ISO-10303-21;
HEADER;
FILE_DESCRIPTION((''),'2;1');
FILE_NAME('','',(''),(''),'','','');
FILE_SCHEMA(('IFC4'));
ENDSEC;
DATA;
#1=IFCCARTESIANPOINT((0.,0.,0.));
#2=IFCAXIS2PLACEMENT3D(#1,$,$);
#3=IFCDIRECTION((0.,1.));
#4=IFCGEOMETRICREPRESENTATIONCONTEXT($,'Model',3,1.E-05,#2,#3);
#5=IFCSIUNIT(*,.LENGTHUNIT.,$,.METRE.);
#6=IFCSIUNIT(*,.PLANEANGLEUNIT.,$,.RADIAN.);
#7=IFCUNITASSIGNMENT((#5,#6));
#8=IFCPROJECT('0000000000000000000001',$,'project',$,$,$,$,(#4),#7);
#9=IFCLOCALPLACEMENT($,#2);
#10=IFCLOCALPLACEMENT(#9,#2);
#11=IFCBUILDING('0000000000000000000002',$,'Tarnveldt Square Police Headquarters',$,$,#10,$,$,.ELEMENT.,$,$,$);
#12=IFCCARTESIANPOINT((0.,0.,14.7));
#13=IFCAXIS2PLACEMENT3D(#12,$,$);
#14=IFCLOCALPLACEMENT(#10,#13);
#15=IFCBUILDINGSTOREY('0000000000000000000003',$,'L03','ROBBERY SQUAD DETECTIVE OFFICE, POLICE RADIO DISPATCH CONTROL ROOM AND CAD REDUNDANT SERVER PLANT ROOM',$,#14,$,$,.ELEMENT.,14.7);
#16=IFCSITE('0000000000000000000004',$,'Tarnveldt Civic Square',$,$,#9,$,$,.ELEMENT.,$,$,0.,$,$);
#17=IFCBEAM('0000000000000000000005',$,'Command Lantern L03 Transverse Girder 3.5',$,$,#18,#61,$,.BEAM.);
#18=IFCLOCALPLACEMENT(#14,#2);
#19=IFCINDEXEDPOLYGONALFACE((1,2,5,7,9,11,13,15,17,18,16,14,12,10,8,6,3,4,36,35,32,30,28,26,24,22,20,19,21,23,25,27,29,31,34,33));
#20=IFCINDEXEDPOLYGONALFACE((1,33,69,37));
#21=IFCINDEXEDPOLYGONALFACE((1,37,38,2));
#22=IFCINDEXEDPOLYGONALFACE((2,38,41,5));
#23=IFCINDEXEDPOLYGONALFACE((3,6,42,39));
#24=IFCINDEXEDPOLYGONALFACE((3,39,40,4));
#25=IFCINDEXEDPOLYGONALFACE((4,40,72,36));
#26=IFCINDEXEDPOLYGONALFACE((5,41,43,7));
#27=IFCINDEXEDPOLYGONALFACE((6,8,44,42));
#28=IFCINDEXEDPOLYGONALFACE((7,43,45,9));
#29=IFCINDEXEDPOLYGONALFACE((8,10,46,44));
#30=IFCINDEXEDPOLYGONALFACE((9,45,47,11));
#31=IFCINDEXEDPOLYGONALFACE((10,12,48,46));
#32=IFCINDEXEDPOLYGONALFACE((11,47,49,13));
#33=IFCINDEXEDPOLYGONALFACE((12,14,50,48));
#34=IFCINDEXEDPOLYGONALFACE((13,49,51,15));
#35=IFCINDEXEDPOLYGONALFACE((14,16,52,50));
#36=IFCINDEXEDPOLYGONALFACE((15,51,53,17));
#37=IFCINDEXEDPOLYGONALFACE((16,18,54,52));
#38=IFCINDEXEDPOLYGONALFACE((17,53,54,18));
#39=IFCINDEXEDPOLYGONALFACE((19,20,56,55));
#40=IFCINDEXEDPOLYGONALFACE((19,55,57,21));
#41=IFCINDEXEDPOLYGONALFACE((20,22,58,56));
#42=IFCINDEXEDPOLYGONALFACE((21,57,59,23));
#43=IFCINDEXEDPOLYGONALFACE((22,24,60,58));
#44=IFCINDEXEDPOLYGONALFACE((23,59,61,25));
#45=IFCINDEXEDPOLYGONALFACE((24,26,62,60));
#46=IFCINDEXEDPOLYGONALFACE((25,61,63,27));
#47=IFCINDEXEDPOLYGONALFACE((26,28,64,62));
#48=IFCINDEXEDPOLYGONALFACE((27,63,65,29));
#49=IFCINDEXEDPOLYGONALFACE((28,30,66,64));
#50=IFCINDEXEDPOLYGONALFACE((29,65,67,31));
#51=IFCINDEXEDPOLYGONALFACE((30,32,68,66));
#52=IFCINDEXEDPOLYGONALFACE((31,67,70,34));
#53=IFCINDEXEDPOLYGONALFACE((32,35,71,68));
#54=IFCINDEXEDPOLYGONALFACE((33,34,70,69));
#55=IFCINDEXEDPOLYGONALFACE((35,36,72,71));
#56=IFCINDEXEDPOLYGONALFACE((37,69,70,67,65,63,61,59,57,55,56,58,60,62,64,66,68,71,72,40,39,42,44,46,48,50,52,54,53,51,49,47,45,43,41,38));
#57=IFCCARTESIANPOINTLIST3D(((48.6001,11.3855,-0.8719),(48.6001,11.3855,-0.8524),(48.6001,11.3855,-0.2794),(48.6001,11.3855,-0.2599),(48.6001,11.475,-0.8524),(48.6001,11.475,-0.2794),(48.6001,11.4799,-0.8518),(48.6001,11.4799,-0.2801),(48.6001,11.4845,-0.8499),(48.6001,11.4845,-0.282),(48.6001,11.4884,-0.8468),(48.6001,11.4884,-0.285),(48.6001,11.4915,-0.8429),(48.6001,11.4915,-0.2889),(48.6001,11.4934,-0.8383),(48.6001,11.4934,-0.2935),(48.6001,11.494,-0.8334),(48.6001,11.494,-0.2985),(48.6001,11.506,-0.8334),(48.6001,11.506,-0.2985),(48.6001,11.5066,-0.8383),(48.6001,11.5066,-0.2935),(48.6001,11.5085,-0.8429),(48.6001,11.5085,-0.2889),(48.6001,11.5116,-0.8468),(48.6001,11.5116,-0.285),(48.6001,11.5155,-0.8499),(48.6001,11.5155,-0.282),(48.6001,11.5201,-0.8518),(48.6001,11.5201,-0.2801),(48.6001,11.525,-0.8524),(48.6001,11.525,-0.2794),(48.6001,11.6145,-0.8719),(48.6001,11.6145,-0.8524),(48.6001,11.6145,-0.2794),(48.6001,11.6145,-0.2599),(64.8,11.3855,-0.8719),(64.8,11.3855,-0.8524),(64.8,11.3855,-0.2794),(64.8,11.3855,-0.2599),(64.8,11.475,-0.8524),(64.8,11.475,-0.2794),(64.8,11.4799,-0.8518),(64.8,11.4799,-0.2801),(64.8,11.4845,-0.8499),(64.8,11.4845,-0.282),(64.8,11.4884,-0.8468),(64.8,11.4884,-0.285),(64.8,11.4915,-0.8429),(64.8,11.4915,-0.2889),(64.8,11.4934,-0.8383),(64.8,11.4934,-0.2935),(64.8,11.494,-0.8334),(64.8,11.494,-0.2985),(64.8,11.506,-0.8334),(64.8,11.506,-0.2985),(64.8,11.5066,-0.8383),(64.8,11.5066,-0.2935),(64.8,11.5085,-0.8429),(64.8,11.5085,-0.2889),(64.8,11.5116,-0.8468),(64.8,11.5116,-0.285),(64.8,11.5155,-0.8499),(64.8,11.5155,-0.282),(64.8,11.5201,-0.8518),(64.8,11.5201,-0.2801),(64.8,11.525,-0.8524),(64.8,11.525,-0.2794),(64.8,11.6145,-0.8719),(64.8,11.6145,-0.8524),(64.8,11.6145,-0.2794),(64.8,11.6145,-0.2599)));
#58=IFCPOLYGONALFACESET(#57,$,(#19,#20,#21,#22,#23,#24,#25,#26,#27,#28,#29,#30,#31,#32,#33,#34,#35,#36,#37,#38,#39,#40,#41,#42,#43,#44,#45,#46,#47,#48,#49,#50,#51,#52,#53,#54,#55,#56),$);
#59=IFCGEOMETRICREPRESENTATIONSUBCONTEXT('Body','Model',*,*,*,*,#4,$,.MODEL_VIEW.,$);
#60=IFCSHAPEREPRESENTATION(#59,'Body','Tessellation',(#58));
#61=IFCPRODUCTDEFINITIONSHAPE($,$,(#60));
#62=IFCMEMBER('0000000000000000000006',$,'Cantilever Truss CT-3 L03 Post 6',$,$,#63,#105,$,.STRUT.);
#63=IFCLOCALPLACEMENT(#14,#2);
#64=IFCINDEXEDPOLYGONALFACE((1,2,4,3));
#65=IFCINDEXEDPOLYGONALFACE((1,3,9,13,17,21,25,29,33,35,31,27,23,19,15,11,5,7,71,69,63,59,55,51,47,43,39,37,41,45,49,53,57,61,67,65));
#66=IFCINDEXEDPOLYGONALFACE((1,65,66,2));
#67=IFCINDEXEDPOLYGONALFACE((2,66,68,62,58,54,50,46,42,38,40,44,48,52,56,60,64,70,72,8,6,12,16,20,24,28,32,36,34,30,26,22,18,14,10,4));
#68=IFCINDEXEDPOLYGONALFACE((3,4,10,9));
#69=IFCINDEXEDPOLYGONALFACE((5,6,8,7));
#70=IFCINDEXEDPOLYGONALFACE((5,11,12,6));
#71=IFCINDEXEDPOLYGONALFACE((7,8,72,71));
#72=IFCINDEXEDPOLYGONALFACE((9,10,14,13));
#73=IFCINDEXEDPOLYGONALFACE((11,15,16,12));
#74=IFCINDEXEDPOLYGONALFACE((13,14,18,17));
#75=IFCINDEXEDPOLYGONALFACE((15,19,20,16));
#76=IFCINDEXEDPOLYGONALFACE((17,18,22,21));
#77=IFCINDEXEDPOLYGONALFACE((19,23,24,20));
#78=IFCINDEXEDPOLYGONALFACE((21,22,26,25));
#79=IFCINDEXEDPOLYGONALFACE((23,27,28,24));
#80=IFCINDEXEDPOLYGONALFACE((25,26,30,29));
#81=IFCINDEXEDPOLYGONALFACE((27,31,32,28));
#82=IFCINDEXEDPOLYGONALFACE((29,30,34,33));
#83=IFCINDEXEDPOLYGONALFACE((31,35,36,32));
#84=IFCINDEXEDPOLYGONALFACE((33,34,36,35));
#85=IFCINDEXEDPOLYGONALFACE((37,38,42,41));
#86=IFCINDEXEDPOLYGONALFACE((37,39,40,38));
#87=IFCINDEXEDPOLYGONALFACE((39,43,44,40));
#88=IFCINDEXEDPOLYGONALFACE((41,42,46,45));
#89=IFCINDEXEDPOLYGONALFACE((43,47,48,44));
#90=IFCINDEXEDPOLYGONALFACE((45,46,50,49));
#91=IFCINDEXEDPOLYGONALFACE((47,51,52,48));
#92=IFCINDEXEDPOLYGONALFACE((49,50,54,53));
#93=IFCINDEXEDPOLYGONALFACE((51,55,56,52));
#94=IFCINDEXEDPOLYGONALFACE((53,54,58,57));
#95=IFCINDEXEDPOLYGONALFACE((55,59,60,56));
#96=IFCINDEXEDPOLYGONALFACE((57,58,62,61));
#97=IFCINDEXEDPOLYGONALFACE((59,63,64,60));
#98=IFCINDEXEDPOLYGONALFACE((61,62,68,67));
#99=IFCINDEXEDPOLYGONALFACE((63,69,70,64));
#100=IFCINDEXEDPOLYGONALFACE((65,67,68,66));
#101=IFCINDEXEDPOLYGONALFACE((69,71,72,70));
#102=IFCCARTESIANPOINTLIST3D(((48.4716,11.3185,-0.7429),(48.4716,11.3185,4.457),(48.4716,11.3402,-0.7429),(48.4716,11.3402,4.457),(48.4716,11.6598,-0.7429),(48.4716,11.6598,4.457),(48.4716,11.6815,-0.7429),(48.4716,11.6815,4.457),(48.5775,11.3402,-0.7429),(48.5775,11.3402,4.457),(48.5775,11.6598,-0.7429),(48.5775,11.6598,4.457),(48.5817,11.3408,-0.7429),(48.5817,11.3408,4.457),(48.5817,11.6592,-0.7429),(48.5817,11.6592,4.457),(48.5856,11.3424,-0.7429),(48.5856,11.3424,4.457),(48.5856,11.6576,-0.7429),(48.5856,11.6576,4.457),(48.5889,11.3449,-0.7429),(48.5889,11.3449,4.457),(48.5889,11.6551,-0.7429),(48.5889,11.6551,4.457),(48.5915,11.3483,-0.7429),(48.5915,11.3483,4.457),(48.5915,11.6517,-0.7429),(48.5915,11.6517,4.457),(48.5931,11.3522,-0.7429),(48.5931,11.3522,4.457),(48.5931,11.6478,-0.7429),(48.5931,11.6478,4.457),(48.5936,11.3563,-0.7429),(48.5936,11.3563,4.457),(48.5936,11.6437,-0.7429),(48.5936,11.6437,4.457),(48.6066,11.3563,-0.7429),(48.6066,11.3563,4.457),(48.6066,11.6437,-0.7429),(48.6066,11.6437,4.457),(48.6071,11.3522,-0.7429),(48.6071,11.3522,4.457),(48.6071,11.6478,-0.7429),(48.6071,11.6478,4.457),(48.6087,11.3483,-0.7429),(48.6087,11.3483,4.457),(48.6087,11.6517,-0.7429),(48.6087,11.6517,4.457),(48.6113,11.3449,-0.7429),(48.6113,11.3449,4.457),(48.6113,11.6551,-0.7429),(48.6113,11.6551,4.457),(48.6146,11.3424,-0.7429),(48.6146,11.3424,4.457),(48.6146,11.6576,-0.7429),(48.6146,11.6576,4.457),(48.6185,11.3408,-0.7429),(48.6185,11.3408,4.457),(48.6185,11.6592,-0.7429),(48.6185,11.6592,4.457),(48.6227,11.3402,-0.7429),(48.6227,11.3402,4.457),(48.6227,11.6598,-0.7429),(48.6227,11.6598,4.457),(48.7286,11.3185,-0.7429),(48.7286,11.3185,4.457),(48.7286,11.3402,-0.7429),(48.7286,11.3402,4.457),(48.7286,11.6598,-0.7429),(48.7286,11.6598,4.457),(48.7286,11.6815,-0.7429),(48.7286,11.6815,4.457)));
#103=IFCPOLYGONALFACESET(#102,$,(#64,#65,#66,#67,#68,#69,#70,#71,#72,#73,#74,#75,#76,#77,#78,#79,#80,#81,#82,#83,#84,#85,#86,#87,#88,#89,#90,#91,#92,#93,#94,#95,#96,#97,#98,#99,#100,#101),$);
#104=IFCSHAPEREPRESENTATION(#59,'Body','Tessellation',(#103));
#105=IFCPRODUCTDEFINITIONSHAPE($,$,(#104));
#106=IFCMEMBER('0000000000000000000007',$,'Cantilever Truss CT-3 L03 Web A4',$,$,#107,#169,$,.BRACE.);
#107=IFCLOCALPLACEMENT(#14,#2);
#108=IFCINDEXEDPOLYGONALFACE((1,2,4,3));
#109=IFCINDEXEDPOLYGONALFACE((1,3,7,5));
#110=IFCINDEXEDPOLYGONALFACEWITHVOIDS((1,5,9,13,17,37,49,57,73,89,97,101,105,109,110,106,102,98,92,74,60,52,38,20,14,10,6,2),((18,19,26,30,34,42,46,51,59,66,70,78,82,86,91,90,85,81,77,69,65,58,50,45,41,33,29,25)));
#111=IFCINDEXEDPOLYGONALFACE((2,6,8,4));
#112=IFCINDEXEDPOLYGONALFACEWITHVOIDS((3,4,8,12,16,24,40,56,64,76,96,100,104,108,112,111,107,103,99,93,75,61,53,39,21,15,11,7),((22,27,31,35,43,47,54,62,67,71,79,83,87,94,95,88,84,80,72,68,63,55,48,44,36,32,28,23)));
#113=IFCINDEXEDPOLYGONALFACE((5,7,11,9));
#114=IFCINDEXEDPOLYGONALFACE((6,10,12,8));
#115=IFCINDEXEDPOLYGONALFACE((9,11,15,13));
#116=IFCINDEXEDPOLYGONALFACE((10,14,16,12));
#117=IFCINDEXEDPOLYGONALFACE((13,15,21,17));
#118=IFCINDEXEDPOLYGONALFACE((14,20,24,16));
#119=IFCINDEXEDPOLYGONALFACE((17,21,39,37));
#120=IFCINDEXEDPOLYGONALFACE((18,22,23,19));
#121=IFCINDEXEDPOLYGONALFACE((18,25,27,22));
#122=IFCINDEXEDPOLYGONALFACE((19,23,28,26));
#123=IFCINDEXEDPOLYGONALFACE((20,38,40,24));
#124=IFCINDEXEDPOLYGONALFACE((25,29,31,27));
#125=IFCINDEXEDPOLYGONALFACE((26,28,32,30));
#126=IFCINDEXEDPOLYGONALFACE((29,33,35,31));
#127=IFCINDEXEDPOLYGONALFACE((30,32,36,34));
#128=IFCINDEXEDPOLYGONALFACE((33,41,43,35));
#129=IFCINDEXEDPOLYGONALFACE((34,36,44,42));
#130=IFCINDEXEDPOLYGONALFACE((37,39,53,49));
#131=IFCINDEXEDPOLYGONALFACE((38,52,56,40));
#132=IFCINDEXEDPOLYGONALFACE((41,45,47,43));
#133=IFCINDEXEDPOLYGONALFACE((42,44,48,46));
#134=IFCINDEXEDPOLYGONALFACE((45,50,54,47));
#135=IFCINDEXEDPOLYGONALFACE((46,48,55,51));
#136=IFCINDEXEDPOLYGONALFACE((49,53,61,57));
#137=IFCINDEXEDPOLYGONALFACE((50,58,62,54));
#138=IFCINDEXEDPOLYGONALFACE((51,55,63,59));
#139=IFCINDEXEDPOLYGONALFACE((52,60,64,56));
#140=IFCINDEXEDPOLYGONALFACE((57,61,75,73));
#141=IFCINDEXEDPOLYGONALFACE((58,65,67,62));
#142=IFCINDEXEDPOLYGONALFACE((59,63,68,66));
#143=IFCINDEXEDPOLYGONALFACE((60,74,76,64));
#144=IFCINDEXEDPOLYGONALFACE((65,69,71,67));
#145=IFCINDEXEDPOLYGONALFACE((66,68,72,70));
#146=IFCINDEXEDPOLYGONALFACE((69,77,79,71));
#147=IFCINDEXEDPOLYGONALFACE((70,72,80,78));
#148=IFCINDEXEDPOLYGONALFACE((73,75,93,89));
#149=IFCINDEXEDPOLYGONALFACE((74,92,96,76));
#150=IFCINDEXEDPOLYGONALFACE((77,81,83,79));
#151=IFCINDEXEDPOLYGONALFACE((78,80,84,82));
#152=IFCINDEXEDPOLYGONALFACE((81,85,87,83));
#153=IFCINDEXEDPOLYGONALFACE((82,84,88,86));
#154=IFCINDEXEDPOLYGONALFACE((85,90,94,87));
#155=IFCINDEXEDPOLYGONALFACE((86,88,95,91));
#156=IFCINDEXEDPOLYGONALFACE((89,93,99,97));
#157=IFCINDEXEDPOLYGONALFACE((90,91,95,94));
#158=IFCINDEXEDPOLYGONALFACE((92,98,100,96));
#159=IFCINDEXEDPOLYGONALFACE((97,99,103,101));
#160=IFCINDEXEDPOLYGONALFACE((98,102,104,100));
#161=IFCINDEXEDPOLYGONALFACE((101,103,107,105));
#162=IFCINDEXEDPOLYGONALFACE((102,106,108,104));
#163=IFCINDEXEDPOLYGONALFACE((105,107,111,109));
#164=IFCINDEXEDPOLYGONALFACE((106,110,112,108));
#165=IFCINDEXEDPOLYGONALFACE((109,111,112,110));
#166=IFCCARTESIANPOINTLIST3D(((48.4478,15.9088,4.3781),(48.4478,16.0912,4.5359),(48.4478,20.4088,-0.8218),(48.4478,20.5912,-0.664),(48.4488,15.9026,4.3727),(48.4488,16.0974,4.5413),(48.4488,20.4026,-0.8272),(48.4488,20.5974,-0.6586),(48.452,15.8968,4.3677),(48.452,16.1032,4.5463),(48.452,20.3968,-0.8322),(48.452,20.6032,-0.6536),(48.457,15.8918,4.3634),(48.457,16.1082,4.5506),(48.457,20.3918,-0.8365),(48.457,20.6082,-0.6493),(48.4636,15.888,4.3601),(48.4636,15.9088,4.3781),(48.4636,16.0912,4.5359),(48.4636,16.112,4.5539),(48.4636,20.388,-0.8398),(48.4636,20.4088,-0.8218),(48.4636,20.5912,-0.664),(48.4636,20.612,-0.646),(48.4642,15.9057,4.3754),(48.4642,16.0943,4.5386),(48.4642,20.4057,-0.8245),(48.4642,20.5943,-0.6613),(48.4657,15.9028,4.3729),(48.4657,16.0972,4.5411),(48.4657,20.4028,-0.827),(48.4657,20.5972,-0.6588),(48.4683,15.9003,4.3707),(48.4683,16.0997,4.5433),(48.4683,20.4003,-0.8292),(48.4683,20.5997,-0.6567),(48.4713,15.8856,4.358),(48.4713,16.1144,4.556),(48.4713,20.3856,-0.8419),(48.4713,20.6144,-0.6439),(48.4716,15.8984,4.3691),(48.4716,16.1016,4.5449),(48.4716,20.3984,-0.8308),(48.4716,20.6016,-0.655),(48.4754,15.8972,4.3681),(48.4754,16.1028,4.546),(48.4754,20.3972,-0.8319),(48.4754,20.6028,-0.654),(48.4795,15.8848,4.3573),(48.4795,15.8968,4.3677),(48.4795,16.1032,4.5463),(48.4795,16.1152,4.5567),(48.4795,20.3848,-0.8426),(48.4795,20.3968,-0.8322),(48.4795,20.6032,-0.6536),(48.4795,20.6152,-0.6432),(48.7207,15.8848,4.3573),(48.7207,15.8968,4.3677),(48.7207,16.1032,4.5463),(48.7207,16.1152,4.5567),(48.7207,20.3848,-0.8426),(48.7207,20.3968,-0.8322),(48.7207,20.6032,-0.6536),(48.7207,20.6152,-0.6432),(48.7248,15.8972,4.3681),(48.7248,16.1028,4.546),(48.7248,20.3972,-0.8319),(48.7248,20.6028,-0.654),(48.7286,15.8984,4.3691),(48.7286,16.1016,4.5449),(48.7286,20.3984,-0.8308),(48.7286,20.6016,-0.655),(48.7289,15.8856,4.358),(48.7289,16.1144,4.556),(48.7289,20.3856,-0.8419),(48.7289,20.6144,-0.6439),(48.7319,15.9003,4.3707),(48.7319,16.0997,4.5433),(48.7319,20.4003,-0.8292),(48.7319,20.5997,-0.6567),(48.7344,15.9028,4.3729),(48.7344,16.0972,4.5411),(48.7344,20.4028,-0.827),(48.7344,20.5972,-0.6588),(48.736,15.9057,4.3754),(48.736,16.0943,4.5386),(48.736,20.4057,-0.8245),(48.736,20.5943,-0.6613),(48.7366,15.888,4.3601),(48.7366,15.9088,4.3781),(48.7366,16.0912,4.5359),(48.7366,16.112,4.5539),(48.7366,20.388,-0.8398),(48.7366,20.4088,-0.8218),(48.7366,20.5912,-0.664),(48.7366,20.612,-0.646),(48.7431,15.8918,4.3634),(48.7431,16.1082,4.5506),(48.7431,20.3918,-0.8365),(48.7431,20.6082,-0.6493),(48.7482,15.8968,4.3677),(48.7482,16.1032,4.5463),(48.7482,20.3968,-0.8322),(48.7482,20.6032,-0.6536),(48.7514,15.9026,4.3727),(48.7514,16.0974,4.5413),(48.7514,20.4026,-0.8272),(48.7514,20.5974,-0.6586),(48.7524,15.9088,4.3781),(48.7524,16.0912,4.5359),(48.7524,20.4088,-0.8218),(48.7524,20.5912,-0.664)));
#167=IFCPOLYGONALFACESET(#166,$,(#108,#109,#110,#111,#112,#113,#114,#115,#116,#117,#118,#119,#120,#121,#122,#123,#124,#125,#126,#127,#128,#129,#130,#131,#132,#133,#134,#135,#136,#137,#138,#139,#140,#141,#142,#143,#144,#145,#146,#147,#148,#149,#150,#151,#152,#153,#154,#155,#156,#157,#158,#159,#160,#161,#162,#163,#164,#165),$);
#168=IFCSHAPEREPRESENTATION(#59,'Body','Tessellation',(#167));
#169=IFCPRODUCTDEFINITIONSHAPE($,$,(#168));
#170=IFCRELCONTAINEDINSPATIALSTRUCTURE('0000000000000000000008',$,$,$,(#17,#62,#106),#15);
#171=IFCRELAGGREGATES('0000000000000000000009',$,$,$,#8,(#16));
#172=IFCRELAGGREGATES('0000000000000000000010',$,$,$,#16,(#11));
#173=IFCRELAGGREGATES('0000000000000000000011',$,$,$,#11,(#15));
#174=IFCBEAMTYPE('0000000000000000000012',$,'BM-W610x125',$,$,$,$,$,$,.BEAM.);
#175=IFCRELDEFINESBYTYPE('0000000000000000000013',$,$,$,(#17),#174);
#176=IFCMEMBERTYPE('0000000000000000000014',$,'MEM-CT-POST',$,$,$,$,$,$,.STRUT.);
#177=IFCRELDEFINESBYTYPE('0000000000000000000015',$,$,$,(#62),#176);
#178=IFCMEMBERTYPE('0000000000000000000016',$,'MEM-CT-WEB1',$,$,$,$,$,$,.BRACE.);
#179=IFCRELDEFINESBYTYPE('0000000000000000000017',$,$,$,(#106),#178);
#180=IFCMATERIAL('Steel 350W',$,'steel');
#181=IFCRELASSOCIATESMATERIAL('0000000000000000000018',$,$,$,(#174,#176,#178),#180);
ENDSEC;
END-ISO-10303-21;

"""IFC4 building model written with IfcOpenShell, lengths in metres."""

from ifc_helpers import new_model, si_unit, direction, frame, origin, origin_2d, place, context, subcontext, project, spatial, hollow_rectangle, i_section, extrude, material, material_profile, profile_set, type_object, element, save


model = new_model("IFC4")

# Units and contexts
model_context = context("Model", 3, precision=1e-05, world=origin(), true_north=direction((0.0, 1.0)))
body_context = subcontext(model_context, "Body", "Model", "MODEL_VIEW")
ifc_project = project(units=[si_unit("LENGTHUNIT", "METRE"), si_unit("PLANEANGLEUNIT", "RADIAN")], contexts=[model_context])

# Site, building, storey
site_placement = place(None, origin())
site = spatial("IfcSite", under=ifc_project, at=site_placement, Name="Tarnveldt Civic Square", CompositionType="ELEMENT", RefElevation=0.0)
building_placement = place(site_placement, origin())
building = spatial("IfcBuilding", under=site, at=building_placement, Name="Tarnveldt Square Police Headquarters", CompositionType="ELEMENT")
storey_placement = place(building_placement, frame((0.0, 0.0, 14.7)))
storey = spatial("IfcBuildingStorey", under=building, at=storey_placement, Name="L03", Description="ROBBERY SQUAD DETECTIVE OFFICE, POLICE RADIO DISPATCH CONTROL ROOM AND CAD REDUNDANT SERVER PLANT ROOM", CompositionType="ELEMENT", Elevation=14.7)

# Shared definitions
ifc_material_1 = material(Name="Steel 350W", Category="steel")

# Beam
ifc_material_profile_1 = material_profile(ifc_material_1, i_section(OverallWidth=0.229, OverallDepth=0.6121, WebThickness=0.012, FlangeThickness=0.0195, FilletRadius=0.019, at=origin_2d()), Name="W610x125")
ifc_profile_set_1 = profile_set([ifc_material_profile_1], Name="Steel 350W")
beam_type_1 = type_object("IfcBeamType", Name="BM-W610x125", PredefinedType="BEAM", material=ifc_profile_set_1)
for number, where, z_axis, x_axis, name in (
    (1, (48.6001, 11.5, -0.5659), (1.0, 0.0, 0.0), (0.0, 1.0, 0.0), "Command Lantern L03 Transverse Girder 3.5"),
):
    element("IfcBeam", number, at=place(storey_placement, frame(where, z_axis=z_axis, x_axis=x_axis)), inside=storey, type_object=beam_type_1, Name=name, PredefinedType="BEAM", context=body_context, shape_type="SweptSolid", body=[
        extrude(i_section(OverallWidth=0.229, OverallDepth=0.6121, WebThickness=0.012, FlangeThickness=0.0195, FilletRadius=0.019, at=origin_2d()), origin(), (0.0, 0.0, 1.0), 16.2),
    ])

# Members
ifc_material_profile_2 = material_profile(ifc_material_1, i_section(OverallWidth=0.2571, OverallDepth=0.363, WebThickness=0.0129, FlangeThickness=0.0217, FilletRadius=0.0161, at=origin_2d()), Name="W360x122")
ifc_profile_set_2 = profile_set([ifc_material_profile_2], Name="Steel 350W")
member_type_1 = type_object("IfcMemberType", Name="MEM-CT-POST", PredefinedType="STRUT", material=ifc_profile_set_2)
member_1_placement = place(storey_placement, frame((48.6001, 11.5, -0.7429), z_axis=(0.0, 0.0, 1.0), x_axis=(1.0, 0.0, 0.0)))
element("IfcMember", 2, at=member_1_placement, inside=storey, type_object=member_type_1, Name="Cantilever Truss CT-3 L03 Post 6", PredefinedType="STRUT", context=body_context, shape_type="SweptSolid", body=[
    extrude(i_section(OverallWidth=0.2571, OverallDepth=0.363, WebThickness=0.0129, FlangeThickness=0.0217, FilletRadius=0.0161, at=origin_2d()), origin(), (0.0, 0.0, 1.0), 5.2),
])
ifc_material_profile_3 = material_profile(ifc_material_1, hollow_rectangle(XDim=0.3047, YDim=0.3047, WallThickness=0.0159, InnerFilletRadius=0.0159, OuterFilletRadius=0.0317, at=origin_2d()), Name="HSS305x305x16")
ifc_profile_set_3 = profile_set([ifc_material_profile_3], Name="Steel 350W")
member_type_2 = type_object("IfcMemberType", Name="MEM-CT-WEB1", PredefinedType="BRACE", material=ifc_profile_set_3)
member_2_placement = place(storey_placement, frame((48.6001, 20.5, -0.7429), z_axis=(0.0, -0.65438, 0.756166), x_axis=(1.0, 0.0, 0.0)))
element("IfcMember", 3, at=member_2_placement, inside=storey, type_object=member_type_2, Name="Cantilever Truss CT-3 L03 Web A4", PredefinedType="BRACE", context=body_context, shape_type="SweptSolid", body=[
    extrude(hollow_rectangle(XDim=0.3047, YDim=0.3047, WallThickness=0.0159, InnerFilletRadius=0.0159, OuterFilletRadius=0.0317, at=origin_2d()), origin(), (0.0, 0.0, 1.0), 6.8767),
])

save(model, "model.ifc")
